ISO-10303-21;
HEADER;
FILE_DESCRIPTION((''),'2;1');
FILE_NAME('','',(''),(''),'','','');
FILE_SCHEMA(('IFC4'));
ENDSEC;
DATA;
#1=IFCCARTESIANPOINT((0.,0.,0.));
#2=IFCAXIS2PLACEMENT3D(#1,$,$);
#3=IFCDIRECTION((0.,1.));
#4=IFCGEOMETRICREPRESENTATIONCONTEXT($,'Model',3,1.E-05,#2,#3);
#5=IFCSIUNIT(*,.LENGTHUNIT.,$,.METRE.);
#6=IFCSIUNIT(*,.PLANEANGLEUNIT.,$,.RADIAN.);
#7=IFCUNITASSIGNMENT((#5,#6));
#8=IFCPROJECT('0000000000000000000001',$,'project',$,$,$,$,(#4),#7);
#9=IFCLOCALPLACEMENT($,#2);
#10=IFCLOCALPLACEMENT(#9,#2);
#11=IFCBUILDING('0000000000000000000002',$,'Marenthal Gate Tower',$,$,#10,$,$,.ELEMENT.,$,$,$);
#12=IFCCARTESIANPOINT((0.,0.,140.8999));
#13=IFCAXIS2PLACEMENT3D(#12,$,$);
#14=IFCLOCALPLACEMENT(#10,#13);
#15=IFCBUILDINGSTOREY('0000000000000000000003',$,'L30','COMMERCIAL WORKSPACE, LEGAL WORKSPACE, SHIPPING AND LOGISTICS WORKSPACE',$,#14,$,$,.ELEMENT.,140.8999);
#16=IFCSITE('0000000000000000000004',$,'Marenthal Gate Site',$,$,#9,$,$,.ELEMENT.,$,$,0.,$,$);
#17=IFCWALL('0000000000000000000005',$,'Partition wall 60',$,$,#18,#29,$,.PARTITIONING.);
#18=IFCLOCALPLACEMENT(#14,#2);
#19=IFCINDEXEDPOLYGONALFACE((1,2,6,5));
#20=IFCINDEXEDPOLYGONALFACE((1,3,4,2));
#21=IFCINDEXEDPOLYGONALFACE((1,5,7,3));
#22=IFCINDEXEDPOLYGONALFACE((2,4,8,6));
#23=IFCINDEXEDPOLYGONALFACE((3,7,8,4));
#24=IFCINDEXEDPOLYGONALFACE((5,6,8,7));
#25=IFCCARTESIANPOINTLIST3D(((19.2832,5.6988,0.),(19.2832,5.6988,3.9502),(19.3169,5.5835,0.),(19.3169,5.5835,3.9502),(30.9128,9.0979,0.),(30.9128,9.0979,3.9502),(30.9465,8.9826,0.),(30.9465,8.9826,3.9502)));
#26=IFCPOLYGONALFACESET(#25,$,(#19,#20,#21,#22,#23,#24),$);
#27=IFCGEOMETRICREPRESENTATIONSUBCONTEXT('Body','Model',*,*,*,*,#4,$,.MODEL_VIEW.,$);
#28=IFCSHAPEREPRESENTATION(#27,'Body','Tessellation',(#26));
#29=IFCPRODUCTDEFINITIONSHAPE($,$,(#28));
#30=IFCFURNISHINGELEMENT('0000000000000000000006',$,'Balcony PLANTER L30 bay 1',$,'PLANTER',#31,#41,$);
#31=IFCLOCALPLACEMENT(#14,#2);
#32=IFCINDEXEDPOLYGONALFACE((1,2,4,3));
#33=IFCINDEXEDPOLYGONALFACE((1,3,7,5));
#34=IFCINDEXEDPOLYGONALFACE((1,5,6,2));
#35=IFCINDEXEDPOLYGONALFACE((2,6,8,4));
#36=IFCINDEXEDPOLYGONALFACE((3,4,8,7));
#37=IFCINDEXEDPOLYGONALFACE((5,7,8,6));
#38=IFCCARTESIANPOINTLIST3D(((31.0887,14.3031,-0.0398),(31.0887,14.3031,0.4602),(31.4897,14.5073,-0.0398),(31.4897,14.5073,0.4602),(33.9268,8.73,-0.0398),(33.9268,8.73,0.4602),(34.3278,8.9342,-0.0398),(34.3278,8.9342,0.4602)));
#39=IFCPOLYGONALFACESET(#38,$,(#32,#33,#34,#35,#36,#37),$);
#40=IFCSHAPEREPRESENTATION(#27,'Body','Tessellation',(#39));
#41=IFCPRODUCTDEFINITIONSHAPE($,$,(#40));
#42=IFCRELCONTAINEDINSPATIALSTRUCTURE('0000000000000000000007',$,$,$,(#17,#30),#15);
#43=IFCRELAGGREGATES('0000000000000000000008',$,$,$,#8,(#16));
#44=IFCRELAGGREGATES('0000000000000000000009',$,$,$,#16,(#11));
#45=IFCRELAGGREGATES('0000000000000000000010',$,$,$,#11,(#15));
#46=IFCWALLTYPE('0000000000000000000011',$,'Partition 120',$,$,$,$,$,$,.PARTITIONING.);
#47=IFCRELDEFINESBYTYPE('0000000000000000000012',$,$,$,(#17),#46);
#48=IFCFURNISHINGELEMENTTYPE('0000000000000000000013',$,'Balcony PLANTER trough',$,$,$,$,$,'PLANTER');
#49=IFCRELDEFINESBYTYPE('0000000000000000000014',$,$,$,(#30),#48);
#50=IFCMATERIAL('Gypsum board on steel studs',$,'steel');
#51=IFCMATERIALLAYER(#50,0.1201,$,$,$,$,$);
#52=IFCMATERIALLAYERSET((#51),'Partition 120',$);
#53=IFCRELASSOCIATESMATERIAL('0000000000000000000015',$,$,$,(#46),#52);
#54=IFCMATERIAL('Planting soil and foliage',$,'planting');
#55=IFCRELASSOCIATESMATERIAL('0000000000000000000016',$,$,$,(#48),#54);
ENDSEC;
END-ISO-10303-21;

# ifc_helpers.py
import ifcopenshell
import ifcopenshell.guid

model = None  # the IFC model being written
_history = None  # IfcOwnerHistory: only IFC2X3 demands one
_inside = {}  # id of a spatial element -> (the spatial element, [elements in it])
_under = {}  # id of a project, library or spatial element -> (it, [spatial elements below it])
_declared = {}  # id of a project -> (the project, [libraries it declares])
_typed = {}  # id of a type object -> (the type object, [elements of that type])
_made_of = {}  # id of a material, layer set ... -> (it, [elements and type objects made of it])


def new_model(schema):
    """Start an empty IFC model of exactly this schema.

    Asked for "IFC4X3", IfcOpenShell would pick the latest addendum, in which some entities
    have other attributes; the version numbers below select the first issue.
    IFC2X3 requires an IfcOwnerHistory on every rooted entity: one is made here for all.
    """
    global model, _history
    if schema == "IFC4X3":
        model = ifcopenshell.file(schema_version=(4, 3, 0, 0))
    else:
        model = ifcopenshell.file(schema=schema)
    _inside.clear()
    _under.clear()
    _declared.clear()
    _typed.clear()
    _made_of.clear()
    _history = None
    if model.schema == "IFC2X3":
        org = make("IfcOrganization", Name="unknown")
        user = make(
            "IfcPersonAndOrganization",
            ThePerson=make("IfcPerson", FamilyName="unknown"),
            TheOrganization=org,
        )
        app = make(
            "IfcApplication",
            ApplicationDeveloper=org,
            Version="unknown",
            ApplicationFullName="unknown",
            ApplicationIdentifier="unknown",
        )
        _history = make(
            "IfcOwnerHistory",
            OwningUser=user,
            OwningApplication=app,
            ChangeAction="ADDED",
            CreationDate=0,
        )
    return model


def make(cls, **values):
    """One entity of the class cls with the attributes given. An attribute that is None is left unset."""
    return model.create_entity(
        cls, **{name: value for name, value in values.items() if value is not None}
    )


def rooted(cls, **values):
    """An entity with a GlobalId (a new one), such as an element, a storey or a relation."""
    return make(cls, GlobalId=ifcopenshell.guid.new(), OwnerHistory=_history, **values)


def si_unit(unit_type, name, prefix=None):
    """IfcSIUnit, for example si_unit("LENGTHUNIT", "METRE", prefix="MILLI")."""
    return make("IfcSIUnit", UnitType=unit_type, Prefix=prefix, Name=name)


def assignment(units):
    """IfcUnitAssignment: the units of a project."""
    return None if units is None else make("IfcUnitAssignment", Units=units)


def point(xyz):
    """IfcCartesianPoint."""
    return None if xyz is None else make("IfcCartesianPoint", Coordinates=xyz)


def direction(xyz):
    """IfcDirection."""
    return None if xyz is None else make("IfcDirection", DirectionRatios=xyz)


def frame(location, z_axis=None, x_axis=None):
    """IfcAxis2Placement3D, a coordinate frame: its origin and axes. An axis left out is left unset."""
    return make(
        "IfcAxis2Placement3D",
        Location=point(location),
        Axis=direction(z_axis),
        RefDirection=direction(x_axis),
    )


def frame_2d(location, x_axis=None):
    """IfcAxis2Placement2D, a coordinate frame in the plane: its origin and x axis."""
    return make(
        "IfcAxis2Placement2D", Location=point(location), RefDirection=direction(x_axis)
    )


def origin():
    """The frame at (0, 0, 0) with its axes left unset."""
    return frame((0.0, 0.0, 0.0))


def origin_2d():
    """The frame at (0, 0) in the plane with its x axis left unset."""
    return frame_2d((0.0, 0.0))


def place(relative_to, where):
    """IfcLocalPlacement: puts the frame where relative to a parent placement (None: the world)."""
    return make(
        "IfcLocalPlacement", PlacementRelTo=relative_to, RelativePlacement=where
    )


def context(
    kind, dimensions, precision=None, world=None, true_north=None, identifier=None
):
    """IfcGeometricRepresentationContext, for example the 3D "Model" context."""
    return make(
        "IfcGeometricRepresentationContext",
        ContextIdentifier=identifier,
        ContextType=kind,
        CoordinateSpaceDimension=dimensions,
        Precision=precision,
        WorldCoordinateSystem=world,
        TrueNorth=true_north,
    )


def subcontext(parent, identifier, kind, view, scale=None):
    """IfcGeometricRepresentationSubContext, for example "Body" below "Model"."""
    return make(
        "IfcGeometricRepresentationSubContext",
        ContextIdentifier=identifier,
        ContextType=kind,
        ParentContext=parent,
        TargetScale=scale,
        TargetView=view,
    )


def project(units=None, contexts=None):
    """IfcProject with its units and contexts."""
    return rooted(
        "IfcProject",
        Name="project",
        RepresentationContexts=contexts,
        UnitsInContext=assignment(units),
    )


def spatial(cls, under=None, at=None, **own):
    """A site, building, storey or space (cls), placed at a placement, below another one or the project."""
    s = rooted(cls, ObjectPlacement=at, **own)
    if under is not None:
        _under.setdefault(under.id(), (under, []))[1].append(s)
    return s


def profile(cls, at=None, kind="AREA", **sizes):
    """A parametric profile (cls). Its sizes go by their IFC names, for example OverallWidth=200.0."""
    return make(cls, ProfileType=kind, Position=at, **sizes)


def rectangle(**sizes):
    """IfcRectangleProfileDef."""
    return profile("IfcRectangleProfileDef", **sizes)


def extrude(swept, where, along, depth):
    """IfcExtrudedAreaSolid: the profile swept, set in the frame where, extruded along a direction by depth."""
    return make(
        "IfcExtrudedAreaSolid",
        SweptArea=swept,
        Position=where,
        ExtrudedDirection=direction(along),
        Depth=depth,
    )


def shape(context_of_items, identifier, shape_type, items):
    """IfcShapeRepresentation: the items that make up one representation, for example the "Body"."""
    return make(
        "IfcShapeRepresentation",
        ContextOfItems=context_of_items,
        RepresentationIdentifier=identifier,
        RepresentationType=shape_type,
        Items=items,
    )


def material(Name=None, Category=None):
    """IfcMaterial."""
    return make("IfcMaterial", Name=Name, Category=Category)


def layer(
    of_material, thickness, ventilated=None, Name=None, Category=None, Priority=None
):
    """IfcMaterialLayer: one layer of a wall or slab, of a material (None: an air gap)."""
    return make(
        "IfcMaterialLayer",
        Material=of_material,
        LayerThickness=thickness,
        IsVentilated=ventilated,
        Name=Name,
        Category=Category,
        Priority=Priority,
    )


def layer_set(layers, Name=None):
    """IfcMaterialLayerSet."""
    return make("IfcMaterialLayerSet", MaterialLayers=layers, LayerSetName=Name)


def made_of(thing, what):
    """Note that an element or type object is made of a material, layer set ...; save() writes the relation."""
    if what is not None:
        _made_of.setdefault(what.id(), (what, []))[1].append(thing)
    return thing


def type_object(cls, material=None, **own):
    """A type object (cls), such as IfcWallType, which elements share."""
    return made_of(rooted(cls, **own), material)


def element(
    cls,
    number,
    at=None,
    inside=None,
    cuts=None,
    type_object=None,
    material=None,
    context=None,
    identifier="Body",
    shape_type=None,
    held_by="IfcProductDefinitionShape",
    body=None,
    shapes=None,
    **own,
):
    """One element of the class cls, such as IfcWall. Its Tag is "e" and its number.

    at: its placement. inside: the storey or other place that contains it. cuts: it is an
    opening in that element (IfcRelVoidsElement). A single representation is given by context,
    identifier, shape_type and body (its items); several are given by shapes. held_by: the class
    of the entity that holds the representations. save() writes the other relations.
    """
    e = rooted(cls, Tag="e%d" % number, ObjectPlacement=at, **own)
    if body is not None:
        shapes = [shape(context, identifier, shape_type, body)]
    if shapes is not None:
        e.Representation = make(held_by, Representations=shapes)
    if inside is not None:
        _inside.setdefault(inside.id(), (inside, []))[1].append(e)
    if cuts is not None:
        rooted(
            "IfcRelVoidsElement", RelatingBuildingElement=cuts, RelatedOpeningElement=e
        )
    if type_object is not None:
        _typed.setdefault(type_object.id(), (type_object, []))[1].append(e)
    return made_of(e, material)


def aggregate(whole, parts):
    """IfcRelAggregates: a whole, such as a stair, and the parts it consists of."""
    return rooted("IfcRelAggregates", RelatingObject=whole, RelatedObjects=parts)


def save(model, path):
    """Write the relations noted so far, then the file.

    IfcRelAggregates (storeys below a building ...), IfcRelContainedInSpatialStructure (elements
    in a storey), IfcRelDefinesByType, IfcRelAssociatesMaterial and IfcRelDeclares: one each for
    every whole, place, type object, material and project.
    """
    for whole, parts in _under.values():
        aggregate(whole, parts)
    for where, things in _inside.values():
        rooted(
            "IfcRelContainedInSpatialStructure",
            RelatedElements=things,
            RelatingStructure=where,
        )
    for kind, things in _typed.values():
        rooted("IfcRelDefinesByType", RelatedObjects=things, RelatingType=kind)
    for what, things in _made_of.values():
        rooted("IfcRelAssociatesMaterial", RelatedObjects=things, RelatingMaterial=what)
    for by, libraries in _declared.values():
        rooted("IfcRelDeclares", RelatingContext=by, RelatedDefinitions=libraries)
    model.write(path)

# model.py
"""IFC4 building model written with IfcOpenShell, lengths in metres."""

from ifc_helpers import new_model, si_unit, direction, frame, frame_2d, origin, origin_2d, place, context, subcontext, project, spatial, rectangle, extrude, material, layer, layer_set, type_object, element, save


model = new_model("IFC4")

# Units and contexts
model_context = context("Model", 3, precision=1e-05, world=origin(), true_north=direction((0.0, 1.0)))
body_context = subcontext(model_context, "Body", "Model", "MODEL_VIEW")
ifc_project = project(units=[si_unit("LENGTHUNIT", "METRE"), si_unit("PLANEANGLEUNIT", "RADIAN")], contexts=[model_context])

# Site, building, storey
site_placement = place(None, origin())
site = spatial("IfcSite", under=ifc_project, at=site_placement, Name="Marenthal Gate Site", CompositionType="ELEMENT", RefElevation=0.0)
building_placement = place(site_placement, origin())
building = spatial("IfcBuilding", under=site, at=building_placement, Name="Marenthal Gate Tower", CompositionType="ELEMENT")
storey_placement = place(building_placement, frame((0.0, 0.0, 140.8999)))
storey = spatial("IfcBuildingStorey", under=building, at=storey_placement, Name="L30", Description="COMMERCIAL WORKSPACE, LEGAL WORKSPACE, SHIPPING AND LOGISTICS WORKSPACE", CompositionType="ELEMENT", Elevation=140.8999)

# Wall
ifc_material_1 = material(Name="Gypsum board on steel studs", Category="steel")
ifc_layer_1 = layer(ifc_material_1, 0.1201)
ifc_layer_set_1 = layer_set([ifc_layer_1], Name="Partition 120")
wall_type_1 = type_object("IfcWallType", Name="Partition 120", PredefinedType="PARTITIONING", material=ifc_layer_set_1)
wall_1_placement = place(storey_placement, frame((19.3, 5.6411, 0.0), z_axis=(0.0, 0.0, 1.0), x_axis=(0.95984, 0.280547, 0.0)))
element("IfcWall", 1, at=wall_1_placement, inside=storey, type_object=wall_type_1, Name="Partition wall 60", PredefinedType="PARTITIONING", context=body_context, shape_type="SweptSolid", body=[
    extrude(rectangle(XDim=12.1162, YDim=0.1201, at=frame_2d((6.0581, 0.0))), origin(), (0.0, 0.0, 1.0), 3.9502),
])

# Furnishing element
ifc_material_2 = material(Name="Planting soil and foliage", Category="planting")
furnishing_element_type = type_object("IfcFurnishingElementType", Name="Balcony PLANTER trough", ElementType="PLANTER", material=ifc_material_2)
furnishing_placement = place(storey_placement, frame((32.7083, 11.6187, -0.0398), z_axis=(0.0, 0.0, 1.0), x_axis=(-0.453791, 0.891108, 0.0)))
element("IfcFurnishingElement", 2, at=furnishing_placement, inside=storey, type_object=furnishing_element_type, Name="Balcony PLANTER L30 bay 1", ObjectType="PLANTER", context=body_context, shape_type="SweptSolid", body=[
    extrude(rectangle(XDim=6.2542, YDim=0.45, at=origin_2d()), origin(), (0.0, 0.0, 1.0), 0.5),
])

save(model, "model.ifc")
